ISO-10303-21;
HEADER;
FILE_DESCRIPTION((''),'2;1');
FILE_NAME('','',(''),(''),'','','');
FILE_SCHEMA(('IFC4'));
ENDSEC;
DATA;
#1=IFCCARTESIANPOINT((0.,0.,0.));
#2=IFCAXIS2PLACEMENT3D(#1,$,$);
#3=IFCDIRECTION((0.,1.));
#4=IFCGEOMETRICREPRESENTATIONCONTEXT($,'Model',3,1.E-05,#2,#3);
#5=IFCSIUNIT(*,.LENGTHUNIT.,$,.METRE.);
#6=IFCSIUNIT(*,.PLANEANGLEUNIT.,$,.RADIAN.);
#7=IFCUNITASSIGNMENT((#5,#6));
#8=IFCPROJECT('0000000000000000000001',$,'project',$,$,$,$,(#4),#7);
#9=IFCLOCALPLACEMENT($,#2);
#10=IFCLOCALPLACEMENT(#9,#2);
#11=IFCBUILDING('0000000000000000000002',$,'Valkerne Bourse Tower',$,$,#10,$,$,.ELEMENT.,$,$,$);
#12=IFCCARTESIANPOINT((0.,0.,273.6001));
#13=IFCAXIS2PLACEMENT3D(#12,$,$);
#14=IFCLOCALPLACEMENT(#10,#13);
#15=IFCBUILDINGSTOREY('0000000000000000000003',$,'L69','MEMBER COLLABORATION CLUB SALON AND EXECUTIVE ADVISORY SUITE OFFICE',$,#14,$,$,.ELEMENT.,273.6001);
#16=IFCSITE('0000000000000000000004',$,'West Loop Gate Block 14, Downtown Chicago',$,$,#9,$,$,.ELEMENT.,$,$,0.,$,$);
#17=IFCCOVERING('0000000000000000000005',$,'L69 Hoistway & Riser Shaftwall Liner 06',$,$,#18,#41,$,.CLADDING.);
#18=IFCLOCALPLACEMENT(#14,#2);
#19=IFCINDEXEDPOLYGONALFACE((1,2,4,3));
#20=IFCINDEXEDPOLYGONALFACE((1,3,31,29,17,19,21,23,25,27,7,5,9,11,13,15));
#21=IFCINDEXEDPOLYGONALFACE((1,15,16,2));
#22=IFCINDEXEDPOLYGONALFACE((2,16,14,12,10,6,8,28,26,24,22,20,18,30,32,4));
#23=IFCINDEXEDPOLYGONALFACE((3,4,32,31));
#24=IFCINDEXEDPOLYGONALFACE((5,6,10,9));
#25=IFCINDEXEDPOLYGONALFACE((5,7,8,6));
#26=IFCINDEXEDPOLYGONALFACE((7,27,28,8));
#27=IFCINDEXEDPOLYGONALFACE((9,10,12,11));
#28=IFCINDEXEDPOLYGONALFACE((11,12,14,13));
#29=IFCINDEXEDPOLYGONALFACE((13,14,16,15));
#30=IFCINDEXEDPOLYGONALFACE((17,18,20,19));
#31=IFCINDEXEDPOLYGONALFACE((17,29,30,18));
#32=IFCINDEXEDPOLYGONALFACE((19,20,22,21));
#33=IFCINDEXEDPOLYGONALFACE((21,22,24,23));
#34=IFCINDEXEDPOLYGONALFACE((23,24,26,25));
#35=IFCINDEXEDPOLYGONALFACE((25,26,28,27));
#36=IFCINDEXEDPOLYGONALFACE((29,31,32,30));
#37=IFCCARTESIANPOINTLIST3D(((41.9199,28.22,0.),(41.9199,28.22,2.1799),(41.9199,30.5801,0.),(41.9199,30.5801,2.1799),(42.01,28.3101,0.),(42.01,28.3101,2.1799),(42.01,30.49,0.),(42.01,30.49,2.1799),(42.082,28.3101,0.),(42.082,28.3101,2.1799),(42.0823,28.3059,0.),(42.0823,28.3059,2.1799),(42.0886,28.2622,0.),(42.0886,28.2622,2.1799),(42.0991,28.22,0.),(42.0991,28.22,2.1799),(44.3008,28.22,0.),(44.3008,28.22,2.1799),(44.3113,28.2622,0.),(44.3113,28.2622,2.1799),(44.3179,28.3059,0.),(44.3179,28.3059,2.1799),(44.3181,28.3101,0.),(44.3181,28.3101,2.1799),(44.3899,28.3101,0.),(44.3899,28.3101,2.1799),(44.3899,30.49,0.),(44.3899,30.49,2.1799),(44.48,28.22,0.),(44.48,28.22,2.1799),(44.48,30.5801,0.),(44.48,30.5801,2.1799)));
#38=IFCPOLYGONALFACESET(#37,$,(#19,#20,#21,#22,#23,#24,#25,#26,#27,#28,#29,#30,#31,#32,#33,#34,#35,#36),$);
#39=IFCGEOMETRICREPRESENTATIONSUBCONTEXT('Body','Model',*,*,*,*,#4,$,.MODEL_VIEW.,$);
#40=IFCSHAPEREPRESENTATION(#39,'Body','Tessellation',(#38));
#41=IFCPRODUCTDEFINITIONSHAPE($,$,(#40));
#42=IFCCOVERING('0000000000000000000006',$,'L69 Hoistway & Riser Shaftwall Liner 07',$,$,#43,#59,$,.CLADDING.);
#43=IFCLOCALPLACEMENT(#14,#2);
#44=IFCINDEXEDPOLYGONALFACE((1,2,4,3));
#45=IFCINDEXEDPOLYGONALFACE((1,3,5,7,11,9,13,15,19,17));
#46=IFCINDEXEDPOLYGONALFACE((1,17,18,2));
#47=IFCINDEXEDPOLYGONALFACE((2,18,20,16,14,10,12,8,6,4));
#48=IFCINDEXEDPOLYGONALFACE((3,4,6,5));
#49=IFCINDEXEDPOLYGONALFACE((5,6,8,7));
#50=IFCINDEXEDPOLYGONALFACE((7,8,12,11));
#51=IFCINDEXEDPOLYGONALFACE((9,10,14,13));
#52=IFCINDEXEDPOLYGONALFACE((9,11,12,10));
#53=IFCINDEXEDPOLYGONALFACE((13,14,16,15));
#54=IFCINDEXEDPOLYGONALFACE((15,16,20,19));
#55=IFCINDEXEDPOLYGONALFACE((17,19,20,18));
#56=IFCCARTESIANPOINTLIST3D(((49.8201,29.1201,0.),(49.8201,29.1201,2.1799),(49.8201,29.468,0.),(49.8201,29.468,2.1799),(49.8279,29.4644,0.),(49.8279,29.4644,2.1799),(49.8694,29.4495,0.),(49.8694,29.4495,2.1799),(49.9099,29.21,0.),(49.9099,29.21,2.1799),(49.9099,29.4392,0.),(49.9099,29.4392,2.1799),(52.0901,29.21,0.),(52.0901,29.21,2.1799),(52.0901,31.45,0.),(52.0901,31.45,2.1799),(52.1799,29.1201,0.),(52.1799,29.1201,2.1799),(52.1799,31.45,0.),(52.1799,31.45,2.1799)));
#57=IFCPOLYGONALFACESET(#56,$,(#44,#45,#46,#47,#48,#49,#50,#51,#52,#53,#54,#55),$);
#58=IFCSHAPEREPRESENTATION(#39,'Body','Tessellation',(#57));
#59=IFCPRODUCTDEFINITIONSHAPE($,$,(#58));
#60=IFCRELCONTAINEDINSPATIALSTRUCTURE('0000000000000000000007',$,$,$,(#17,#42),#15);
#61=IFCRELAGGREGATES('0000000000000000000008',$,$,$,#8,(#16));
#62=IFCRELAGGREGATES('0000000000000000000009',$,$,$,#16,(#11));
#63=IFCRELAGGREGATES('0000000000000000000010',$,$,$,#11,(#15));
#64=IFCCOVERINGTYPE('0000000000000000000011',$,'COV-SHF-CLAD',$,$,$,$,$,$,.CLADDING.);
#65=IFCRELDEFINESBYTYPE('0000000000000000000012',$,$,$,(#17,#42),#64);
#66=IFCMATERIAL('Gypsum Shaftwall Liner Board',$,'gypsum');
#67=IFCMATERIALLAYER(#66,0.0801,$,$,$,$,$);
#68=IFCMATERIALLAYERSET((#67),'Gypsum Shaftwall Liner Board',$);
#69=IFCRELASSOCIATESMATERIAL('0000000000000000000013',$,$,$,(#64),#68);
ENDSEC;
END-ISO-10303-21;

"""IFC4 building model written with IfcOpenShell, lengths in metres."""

from ifc_helpers import new_model, si_unit, direction, frame, origin, place, context, subcontext, project, spatial, polyline, outline, extrude, material, layer, layer_set, type_object, element, save


model = new_model("IFC4")

# Units and contexts
model_context = context("Model", 3, precision=1e-05, world=origin(), true_north=direction((0.0, 1.0)))
body_context = subcontext(model_context, "Body", "Model", "MODEL_VIEW")
ifc_project = project(units=[si_unit("LENGTHUNIT", "METRE"), si_unit("PLANEANGLEUNIT", "RADIAN")], contexts=[model_context])

# Site, building, storey
site_placement = place(None, origin())
site = spatial("IfcSite", under=ifc_project, at=site_placement, Name="West Loop Gate Block 14, Downtown Chicago", CompositionType="ELEMENT", RefElevation=0.0)
building_placement = place(site_placement, origin())
building = spatial("IfcBuilding", under=site, at=building_placement, Name="Valkerne Bourse Tower", CompositionType="ELEMENT")
storey_placement = place(building_placement, frame((0.0, 0.0, 273.6001)))
storey = spatial("IfcBuildingStorey", under=building, at=storey_placement, Name="L69", Description="MEMBER COLLABORATION CLUB SALON AND EXECUTIVE ADVISORY SUITE OFFICE", CompositionType="ELEMENT", Elevation=273.6001)

# Coverings
ifc_material_1 = material(Name="Gypsum Shaftwall Liner Board", Category="gypsum")
ifc_layer_1 = layer(ifc_material_1, 0.0801)
ifc_layer_set_1 = layer_set([ifc_layer_1], Name="Gypsum Shaftwall Liner Board")
covering_type_1 = type_object("IfcCoveringType", Name="COV-SHF-CLAD", PredefinedType="CLADDING", material=ifc_layer_set_1)
covering_1_placement = place(storey_placement, origin())
element("IfcCovering", 1, at=covering_1_placement, inside=storey, type_object=covering_type_1, Name="L69 Hoistway & Riser Shaftwall Liner 06", PredefinedType="CLADDING", context=body_context, shape_type="SweptSolid", body=[
    extrude(outline(polyline([(44.48, 28.22), (44.3008, 28.22), (44.3113, 28.2622), (44.3179, 28.3059), (44.3181, 28.3101), (44.3899, 28.3101), (44.3899, 30.49), (42.01, 30.49), (42.01, 28.3101), (42.082, 28.3101), (42.0823, 28.3059), (42.0886, 28.2622), (42.0991, 28.22), (41.9199, 28.22), (41.9199, 30.5801), (44.48, 30.5801), (44.48, 28.22)])), origin(), (0.0, 0.0, 1.0), 2.1799),
])
covering_2_placement = place(storey_placement, origin())
element("IfcCovering", 2, at=covering_2_placement, inside=storey, type_object=covering_type_1, Name="L69 Hoistway & Riser Shaftwall Liner 07", PredefinedType="CLADDING", context=body_context, shape_type="SweptSolid", body=[
    extrude(outline(polyline([(49.8201, 29.1201), (49.8201, 29.468), (49.8279, 29.4644), (49.8694, 29.4495), (49.9099, 29.4392), (49.9099, 29.21), (52.0901, 29.21), (52.0901, 31.45), (52.1799, 31.45), (52.1799, 29.1201), (49.8201, 29.1201)])), origin(), (0.0, 0.0, 1.0), 2.1799),
])

save(model, "model.ifc")
